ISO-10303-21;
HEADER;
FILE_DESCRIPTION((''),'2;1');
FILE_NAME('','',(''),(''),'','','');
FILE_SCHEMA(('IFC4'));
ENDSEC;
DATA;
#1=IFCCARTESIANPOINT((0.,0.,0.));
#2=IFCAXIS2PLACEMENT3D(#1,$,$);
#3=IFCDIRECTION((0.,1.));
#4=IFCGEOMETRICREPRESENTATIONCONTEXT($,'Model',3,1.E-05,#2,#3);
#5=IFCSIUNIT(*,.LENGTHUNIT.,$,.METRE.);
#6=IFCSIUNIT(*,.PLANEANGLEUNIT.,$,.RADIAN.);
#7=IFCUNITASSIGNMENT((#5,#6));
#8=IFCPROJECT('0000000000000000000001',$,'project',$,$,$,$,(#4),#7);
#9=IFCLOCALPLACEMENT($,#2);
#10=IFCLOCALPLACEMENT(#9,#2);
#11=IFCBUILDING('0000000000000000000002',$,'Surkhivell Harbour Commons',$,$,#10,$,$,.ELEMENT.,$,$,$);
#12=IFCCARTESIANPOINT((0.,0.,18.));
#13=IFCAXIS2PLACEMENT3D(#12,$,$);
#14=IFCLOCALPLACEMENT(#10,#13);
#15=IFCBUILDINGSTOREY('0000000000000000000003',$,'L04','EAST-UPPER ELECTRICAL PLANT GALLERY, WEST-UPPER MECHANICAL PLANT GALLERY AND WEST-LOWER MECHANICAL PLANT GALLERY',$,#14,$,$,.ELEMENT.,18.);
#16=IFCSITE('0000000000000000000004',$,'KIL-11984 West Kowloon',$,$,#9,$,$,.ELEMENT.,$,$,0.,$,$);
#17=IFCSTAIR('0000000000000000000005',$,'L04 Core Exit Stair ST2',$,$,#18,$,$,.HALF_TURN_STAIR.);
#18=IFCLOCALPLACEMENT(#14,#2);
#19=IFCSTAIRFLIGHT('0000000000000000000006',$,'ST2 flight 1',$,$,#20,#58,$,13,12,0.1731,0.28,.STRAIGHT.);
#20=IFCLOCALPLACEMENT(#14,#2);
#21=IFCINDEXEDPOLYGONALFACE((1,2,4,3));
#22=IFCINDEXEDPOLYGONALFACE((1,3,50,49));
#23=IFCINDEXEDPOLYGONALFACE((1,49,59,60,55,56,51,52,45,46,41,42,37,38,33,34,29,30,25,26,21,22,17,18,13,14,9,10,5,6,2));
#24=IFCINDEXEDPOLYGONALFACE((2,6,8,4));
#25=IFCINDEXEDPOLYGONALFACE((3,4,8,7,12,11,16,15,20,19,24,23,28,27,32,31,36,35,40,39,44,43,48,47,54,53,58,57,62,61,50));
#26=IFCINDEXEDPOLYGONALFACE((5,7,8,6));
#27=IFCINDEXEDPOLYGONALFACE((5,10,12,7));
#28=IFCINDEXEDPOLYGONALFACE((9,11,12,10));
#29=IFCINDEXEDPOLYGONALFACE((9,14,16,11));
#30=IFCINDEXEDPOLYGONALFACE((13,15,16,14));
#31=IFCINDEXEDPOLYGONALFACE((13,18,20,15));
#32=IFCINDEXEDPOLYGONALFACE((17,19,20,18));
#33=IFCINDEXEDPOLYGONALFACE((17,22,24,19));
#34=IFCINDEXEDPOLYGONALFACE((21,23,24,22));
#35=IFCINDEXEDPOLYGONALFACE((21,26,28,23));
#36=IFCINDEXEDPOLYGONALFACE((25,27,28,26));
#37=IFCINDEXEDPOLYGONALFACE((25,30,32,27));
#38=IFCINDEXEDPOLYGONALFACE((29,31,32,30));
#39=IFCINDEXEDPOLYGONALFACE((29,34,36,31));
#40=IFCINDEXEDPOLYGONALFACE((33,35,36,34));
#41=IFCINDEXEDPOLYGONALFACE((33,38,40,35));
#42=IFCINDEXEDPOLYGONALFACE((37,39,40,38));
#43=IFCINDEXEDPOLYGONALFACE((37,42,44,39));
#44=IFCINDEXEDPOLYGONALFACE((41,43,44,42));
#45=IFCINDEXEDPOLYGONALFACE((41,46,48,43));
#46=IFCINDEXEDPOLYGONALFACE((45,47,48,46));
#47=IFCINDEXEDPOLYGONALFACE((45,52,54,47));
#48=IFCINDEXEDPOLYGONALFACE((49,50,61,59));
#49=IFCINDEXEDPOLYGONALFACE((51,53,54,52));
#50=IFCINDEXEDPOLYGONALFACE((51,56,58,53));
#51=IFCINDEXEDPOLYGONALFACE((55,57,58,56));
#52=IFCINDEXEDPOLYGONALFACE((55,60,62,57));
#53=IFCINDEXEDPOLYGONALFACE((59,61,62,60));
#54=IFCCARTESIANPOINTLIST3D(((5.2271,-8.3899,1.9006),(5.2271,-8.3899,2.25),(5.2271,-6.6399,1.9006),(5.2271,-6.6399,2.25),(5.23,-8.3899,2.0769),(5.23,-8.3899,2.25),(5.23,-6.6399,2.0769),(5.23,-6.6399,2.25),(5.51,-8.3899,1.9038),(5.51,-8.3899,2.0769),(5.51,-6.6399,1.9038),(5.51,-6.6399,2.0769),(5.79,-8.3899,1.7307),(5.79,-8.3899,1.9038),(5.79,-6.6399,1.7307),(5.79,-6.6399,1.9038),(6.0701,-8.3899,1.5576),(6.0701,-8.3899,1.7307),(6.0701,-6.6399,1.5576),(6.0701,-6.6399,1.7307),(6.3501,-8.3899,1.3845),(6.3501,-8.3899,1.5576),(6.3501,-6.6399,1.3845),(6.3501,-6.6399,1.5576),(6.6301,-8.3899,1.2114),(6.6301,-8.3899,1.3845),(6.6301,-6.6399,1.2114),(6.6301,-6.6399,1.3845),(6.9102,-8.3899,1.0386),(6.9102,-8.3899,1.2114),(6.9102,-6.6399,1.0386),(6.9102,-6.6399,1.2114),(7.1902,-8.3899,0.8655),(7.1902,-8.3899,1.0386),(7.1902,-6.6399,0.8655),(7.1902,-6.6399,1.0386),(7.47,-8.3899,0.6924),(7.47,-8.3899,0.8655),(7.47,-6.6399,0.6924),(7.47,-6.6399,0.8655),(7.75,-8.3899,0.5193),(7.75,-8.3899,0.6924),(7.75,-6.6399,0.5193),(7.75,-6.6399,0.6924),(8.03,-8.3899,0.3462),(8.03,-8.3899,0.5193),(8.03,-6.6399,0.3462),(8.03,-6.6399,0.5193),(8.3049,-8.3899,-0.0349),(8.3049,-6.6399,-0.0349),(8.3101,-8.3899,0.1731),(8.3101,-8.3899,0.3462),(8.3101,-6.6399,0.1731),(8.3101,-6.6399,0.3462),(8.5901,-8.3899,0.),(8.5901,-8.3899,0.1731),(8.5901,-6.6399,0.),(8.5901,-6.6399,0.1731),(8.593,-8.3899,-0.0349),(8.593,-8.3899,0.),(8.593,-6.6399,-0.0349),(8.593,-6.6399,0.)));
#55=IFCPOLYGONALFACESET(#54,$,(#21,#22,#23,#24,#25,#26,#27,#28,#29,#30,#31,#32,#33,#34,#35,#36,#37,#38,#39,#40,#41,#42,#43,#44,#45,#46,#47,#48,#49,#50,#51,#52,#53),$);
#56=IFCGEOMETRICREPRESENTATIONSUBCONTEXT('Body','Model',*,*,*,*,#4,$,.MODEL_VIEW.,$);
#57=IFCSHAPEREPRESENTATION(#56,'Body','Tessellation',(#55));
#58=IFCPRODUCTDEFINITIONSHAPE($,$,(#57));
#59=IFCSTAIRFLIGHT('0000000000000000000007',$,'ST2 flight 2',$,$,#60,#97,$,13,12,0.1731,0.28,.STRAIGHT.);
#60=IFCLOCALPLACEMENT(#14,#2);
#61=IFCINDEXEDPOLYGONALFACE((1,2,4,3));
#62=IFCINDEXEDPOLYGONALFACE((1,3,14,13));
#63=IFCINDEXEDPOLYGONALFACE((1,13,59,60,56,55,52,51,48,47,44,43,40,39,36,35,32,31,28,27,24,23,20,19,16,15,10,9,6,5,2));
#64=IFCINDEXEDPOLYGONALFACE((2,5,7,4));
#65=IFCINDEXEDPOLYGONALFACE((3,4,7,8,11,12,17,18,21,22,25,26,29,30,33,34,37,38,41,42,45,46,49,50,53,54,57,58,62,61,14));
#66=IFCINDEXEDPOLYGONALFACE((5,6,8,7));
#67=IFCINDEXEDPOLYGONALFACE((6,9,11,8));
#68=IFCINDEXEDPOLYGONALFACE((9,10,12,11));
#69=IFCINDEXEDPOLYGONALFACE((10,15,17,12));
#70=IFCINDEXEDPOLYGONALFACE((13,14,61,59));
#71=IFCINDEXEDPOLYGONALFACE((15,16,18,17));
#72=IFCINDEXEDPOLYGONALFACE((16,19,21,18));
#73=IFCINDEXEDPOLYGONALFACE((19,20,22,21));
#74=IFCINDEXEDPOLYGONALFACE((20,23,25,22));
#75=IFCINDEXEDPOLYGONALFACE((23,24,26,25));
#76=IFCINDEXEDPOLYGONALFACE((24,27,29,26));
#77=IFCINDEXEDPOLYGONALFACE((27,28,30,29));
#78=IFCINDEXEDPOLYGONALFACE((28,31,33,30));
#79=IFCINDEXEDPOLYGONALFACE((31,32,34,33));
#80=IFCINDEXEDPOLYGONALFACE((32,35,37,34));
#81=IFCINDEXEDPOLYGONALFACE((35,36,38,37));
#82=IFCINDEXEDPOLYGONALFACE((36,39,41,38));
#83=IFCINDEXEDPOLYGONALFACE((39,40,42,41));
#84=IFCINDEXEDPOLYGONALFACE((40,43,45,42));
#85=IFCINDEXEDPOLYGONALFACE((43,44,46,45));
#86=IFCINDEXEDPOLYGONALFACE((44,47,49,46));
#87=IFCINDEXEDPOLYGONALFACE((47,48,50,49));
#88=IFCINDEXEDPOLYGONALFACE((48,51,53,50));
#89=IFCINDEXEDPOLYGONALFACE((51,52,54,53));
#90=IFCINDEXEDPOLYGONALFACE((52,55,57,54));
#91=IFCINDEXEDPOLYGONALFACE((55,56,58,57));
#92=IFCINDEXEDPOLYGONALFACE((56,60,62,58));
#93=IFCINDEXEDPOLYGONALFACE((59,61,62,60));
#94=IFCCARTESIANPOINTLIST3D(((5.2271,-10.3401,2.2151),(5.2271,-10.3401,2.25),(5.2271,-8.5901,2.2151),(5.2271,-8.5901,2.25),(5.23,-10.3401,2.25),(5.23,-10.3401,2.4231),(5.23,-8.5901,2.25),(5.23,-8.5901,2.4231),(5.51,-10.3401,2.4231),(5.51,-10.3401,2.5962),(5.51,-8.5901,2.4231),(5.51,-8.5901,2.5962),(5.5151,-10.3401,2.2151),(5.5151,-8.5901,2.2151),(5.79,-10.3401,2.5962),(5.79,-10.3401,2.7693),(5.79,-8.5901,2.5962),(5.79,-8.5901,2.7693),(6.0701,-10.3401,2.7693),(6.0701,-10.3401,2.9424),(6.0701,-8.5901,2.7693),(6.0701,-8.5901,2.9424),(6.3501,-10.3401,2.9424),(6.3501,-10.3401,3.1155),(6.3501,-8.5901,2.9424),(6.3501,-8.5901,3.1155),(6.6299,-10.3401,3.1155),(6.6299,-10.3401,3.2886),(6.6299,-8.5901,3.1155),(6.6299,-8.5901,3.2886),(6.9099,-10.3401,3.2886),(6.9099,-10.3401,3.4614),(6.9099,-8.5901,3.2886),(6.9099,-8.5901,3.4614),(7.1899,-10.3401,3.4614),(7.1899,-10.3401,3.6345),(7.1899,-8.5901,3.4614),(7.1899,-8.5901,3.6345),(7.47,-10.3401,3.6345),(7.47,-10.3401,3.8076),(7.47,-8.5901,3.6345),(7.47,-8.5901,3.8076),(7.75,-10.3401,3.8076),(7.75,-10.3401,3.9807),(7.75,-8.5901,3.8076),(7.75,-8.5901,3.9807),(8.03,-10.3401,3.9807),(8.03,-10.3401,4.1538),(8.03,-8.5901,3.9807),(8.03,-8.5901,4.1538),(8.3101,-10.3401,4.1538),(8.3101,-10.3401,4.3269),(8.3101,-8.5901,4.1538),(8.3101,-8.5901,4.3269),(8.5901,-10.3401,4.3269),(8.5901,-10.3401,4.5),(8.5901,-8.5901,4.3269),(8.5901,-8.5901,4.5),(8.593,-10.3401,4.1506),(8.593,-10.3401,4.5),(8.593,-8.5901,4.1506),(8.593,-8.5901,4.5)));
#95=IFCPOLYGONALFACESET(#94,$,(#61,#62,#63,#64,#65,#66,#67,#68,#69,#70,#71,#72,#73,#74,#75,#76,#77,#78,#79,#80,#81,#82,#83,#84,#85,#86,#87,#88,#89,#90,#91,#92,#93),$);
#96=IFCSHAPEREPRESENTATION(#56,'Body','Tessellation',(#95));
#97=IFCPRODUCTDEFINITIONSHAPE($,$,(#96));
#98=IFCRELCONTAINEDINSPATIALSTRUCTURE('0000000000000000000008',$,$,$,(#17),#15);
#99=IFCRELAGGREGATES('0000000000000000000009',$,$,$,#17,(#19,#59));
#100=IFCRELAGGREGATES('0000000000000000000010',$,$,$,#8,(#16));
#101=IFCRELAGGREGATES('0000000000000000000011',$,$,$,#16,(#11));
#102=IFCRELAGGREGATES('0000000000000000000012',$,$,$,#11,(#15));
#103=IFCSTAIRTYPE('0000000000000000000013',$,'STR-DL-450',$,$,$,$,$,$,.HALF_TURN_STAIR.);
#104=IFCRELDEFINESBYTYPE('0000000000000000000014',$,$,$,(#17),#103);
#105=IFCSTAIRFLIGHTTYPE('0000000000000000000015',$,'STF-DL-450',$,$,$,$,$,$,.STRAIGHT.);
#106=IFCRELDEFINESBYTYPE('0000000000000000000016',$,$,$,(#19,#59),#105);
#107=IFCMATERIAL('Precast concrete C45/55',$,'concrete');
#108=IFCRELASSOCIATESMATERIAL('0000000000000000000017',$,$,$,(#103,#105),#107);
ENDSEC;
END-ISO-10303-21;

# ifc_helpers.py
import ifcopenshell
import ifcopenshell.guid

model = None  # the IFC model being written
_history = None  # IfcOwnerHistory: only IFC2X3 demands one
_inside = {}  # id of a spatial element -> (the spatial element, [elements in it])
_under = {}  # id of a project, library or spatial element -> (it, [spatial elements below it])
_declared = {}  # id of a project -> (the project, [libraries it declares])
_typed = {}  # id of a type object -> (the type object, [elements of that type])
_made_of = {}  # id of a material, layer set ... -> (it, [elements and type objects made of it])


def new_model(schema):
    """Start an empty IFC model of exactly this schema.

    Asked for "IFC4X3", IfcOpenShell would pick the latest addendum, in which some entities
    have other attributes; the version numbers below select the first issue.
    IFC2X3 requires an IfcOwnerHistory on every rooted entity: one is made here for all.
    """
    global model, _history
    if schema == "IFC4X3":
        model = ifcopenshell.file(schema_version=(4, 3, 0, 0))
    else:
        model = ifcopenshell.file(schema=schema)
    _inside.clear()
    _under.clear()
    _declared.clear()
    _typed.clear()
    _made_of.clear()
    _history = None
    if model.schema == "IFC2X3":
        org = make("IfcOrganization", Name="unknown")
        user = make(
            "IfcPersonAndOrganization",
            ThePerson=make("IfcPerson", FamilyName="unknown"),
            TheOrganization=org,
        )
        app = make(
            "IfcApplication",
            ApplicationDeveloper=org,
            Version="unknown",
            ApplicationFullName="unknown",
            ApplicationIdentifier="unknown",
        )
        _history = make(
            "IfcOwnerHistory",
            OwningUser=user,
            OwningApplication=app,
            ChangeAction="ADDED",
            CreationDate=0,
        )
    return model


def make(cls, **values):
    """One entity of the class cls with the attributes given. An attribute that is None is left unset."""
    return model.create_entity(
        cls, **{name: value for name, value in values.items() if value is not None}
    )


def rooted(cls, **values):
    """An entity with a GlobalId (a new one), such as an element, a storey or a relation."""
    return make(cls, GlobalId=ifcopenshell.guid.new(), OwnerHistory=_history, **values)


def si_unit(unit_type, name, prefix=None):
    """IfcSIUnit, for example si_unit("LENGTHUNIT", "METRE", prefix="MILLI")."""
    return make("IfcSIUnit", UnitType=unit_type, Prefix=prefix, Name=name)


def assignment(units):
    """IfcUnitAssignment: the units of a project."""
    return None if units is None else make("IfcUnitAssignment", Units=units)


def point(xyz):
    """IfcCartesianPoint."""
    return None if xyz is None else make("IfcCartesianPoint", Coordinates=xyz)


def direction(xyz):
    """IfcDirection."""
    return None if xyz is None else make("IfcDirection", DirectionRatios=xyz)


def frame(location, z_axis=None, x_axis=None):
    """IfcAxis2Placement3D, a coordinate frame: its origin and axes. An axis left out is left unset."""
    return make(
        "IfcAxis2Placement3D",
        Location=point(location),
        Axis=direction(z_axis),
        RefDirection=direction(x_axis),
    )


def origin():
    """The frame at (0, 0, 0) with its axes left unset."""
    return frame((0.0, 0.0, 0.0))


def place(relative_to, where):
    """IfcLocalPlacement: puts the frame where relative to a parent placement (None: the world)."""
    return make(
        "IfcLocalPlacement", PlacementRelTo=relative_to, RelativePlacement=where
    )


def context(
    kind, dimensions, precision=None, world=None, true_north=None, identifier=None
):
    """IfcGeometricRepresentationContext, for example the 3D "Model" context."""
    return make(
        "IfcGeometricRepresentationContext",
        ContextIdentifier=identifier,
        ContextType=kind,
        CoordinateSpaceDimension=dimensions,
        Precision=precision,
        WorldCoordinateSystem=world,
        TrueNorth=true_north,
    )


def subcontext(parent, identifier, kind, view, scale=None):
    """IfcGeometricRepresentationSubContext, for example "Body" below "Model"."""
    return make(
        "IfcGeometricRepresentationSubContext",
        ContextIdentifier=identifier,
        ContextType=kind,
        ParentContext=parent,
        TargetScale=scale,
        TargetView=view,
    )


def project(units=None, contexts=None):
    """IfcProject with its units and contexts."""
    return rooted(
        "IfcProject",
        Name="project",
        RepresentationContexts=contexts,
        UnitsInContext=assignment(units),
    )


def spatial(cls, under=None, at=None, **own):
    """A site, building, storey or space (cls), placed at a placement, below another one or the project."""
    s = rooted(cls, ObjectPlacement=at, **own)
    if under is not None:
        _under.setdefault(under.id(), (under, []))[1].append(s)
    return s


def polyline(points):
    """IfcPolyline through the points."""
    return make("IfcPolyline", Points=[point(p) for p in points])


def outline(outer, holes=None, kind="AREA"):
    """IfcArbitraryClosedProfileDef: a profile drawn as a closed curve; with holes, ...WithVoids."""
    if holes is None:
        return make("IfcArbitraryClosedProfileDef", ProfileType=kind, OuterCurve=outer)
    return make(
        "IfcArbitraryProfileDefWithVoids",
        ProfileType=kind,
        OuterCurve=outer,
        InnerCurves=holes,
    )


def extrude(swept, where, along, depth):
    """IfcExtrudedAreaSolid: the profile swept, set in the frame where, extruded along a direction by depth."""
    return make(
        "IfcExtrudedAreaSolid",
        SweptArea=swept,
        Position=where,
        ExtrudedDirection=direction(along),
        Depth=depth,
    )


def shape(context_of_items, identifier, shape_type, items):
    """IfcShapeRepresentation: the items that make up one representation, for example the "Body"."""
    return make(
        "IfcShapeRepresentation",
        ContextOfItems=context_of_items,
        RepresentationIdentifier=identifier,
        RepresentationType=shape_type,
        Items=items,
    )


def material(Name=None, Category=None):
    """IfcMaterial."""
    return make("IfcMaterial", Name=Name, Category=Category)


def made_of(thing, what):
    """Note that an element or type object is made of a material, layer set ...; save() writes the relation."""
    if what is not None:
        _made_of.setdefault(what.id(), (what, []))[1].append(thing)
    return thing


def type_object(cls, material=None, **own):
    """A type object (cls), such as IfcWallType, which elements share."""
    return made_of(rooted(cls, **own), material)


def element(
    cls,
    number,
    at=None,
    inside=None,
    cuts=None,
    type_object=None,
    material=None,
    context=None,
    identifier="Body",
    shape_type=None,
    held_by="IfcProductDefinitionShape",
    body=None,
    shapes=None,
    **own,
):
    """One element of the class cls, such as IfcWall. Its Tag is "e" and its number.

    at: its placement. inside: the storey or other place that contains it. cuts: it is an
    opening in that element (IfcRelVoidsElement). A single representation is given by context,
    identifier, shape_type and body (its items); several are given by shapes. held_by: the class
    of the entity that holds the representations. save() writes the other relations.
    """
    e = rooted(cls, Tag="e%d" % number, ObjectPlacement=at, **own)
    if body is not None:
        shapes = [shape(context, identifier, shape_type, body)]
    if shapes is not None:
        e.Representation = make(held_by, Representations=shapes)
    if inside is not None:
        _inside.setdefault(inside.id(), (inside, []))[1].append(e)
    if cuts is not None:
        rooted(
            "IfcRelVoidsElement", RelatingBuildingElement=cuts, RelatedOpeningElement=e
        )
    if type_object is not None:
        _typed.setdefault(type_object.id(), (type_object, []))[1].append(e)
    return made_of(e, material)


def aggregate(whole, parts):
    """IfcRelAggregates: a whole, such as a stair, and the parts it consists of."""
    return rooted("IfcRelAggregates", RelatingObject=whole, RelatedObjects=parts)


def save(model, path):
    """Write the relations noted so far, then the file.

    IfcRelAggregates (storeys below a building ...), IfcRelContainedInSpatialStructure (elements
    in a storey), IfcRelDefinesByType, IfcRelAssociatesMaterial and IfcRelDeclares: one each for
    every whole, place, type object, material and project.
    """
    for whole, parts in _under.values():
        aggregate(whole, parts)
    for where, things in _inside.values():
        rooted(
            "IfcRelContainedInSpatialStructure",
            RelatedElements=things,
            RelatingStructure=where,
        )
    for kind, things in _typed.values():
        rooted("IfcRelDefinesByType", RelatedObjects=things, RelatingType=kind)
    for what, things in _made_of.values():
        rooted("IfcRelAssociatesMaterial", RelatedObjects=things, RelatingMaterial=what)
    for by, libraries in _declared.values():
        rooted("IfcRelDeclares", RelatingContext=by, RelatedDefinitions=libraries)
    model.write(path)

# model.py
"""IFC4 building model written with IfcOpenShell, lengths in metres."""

from ifc_helpers import new_model, si_unit, direction, frame, origin, place, context, subcontext, project, spatial, polyline, outline, extrude, material, type_object, element, aggregate, save


model = new_model("IFC4")

# Units and contexts
model_context = context("Model", 3, precision=1e-05, world=origin(), true_north=direction((0.0, 1.0)))
body_context = subcontext(model_context, "Body", "Model", "MODEL_VIEW")
ifc_project = project(units=[si_unit("LENGTHUNIT", "METRE"), si_unit("PLANEANGLEUNIT", "RADIAN")], contexts=[model_context])

# Site, building, storey
site_placement = place(None, origin())
site = spatial("IfcSite", under=ifc_project, at=site_placement, Name="KIL-11984 West Kowloon", CompositionType="ELEMENT", RefElevation=0.0)
building_placement = place(site_placement, origin())
building = spatial("IfcBuilding", under=site, at=building_placement, Name="Surkhivell Harbour Commons", CompositionType="ELEMENT")
storey_placement = place(building_placement, frame((0.0, 0.0, 18.0)))
storey = spatial("IfcBuildingStorey", under=building, at=storey_placement, Name="L04", Description="EAST-UPPER ELECTRICAL PLANT GALLERY, WEST-UPPER MECHANICAL PLANT GALLERY AND WEST-LOWER MECHANICAL PLANT GALLERY", CompositionType="ELEMENT", Elevation=18.0)

# Stair
ifc_material_1 = material(Name="Precast concrete C45/55", Category="concrete")
stair_type = type_object("IfcStairType", Name="STR-DL-450", PredefinedType="HALF_TURN_STAIR", material=ifc_material_1)
stair_1_placement = place(storey_placement, origin())
stair_1 = element("IfcStair", 1, at=stair_1_placement, inside=storey, type_object=stair_type, Name="L04 Core Exit Stair ST2", PredefinedType="HALF_TURN_STAIR")

# Stair flights
stair_flight_type = type_object("IfcStairFlightType", Name="STF-DL-450", PredefinedType="STRAIGHT", material=ifc_material_1)
stair_flight_1_placement = place(storey_placement, frame((8.5901, -7.5149, 0.0), z_axis=(0.0, 0.0, 1.0), x_axis=(-1.0, 0.0, 0.0)))
stair_flight_1 = element("IfcStairFlight", 2, at=stair_flight_1_placement, type_object=stair_flight_type, Name="ST2 flight 1", NumberOfRisers=13, NumberOfTreads=12, PredefinedType="STRAIGHT", RiserHeight=0.1731, TreadLength=0.28, context=body_context, shape_type="SweptSolid", body=[
    extrude(outline(polyline([(-0.0029, -0.0349), (-0.0029, 0.0), (0.0, 0.0), (0.0, 0.1731), (0.28, 0.1731), (0.28, 0.3462), (0.5601, 0.3462), (0.5601, 0.5193), (0.8401, 0.5193), (0.8401, 0.6924), (1.1201, 0.6924), (1.1201, 0.8655), (1.3999, 0.8655), (1.3999, 1.0386), (1.6799, 1.0386), (1.6799, 1.2114), (1.96, 1.2114), (1.96, 1.3845), (2.24, 1.3845), (2.24, 1.5576), (2.52, 1.5576), (2.52, 1.7307), (2.8, 1.7307), (2.8, 1.9038), (3.0801, 1.9038), (3.0801, 2.0769), (3.3601, 2.0769), (3.3601, 2.25), (3.363, 2.25), (3.363, 1.9006), (0.2852, -0.0349), (-0.0029, -0.0349)])), frame((0.0, 0.875, 0.0), z_axis=(0.0, -1.0, 0.0), x_axis=(1.0, 0.0, 0.0)), (0.0, 0.0, 1.0), 1.75),
])
stair_flight_2_placement = place(storey_placement, frame((5.23, -9.4651, 2.25), z_axis=(0.0, 0.0, 1.0), x_axis=(1.0, 0.0, 0.0)))
stair_flight_2 = element("IfcStairFlight", 3, at=stair_flight_2_placement, type_object=stair_flight_type, Name="ST2 flight 2", NumberOfRisers=13, NumberOfTreads=12, PredefinedType="STRAIGHT", RiserHeight=0.1731, TreadLength=0.28, context=body_context, shape_type="SweptSolid", body=[
    extrude(outline(polyline([(-0.0029, -0.0349), (-0.0029, 0.0), (0.0, 0.0), (0.0, 0.1731), (0.28, 0.1731), (0.28, 0.3462), (0.5601, 0.3462), (0.5601, 0.5193), (0.8401, 0.5193), (0.8401, 0.6924), (1.1201, 0.6924), (1.1201, 0.8655), (1.3999, 0.8655), (1.3999, 1.0386), (1.6799, 1.0386), (1.6799, 1.2114), (1.96, 1.2114), (1.96, 1.3845), (2.24, 1.3845), (2.24, 1.5576), (2.52, 1.5576), (2.52, 1.7307), (2.8, 1.7307), (2.8, 1.9038), (3.0801, 1.9038), (3.0801, 2.0769), (3.3601, 2.0769), (3.3601, 2.25), (3.363, 2.25), (3.363, 1.9006), (0.2852, -0.0349), (-0.0029, -0.0349)])), frame((0.0, 0.875, 0.0), z_axis=(0.0, -1.0, 0.0), x_axis=(1.0, 0.0, 0.0)), (0.0, 0.0, 1.0), 1.75),
])
aggregate(stair_1, [stair_flight_1, stair_flight_2])

save(model, "model.ifc")
